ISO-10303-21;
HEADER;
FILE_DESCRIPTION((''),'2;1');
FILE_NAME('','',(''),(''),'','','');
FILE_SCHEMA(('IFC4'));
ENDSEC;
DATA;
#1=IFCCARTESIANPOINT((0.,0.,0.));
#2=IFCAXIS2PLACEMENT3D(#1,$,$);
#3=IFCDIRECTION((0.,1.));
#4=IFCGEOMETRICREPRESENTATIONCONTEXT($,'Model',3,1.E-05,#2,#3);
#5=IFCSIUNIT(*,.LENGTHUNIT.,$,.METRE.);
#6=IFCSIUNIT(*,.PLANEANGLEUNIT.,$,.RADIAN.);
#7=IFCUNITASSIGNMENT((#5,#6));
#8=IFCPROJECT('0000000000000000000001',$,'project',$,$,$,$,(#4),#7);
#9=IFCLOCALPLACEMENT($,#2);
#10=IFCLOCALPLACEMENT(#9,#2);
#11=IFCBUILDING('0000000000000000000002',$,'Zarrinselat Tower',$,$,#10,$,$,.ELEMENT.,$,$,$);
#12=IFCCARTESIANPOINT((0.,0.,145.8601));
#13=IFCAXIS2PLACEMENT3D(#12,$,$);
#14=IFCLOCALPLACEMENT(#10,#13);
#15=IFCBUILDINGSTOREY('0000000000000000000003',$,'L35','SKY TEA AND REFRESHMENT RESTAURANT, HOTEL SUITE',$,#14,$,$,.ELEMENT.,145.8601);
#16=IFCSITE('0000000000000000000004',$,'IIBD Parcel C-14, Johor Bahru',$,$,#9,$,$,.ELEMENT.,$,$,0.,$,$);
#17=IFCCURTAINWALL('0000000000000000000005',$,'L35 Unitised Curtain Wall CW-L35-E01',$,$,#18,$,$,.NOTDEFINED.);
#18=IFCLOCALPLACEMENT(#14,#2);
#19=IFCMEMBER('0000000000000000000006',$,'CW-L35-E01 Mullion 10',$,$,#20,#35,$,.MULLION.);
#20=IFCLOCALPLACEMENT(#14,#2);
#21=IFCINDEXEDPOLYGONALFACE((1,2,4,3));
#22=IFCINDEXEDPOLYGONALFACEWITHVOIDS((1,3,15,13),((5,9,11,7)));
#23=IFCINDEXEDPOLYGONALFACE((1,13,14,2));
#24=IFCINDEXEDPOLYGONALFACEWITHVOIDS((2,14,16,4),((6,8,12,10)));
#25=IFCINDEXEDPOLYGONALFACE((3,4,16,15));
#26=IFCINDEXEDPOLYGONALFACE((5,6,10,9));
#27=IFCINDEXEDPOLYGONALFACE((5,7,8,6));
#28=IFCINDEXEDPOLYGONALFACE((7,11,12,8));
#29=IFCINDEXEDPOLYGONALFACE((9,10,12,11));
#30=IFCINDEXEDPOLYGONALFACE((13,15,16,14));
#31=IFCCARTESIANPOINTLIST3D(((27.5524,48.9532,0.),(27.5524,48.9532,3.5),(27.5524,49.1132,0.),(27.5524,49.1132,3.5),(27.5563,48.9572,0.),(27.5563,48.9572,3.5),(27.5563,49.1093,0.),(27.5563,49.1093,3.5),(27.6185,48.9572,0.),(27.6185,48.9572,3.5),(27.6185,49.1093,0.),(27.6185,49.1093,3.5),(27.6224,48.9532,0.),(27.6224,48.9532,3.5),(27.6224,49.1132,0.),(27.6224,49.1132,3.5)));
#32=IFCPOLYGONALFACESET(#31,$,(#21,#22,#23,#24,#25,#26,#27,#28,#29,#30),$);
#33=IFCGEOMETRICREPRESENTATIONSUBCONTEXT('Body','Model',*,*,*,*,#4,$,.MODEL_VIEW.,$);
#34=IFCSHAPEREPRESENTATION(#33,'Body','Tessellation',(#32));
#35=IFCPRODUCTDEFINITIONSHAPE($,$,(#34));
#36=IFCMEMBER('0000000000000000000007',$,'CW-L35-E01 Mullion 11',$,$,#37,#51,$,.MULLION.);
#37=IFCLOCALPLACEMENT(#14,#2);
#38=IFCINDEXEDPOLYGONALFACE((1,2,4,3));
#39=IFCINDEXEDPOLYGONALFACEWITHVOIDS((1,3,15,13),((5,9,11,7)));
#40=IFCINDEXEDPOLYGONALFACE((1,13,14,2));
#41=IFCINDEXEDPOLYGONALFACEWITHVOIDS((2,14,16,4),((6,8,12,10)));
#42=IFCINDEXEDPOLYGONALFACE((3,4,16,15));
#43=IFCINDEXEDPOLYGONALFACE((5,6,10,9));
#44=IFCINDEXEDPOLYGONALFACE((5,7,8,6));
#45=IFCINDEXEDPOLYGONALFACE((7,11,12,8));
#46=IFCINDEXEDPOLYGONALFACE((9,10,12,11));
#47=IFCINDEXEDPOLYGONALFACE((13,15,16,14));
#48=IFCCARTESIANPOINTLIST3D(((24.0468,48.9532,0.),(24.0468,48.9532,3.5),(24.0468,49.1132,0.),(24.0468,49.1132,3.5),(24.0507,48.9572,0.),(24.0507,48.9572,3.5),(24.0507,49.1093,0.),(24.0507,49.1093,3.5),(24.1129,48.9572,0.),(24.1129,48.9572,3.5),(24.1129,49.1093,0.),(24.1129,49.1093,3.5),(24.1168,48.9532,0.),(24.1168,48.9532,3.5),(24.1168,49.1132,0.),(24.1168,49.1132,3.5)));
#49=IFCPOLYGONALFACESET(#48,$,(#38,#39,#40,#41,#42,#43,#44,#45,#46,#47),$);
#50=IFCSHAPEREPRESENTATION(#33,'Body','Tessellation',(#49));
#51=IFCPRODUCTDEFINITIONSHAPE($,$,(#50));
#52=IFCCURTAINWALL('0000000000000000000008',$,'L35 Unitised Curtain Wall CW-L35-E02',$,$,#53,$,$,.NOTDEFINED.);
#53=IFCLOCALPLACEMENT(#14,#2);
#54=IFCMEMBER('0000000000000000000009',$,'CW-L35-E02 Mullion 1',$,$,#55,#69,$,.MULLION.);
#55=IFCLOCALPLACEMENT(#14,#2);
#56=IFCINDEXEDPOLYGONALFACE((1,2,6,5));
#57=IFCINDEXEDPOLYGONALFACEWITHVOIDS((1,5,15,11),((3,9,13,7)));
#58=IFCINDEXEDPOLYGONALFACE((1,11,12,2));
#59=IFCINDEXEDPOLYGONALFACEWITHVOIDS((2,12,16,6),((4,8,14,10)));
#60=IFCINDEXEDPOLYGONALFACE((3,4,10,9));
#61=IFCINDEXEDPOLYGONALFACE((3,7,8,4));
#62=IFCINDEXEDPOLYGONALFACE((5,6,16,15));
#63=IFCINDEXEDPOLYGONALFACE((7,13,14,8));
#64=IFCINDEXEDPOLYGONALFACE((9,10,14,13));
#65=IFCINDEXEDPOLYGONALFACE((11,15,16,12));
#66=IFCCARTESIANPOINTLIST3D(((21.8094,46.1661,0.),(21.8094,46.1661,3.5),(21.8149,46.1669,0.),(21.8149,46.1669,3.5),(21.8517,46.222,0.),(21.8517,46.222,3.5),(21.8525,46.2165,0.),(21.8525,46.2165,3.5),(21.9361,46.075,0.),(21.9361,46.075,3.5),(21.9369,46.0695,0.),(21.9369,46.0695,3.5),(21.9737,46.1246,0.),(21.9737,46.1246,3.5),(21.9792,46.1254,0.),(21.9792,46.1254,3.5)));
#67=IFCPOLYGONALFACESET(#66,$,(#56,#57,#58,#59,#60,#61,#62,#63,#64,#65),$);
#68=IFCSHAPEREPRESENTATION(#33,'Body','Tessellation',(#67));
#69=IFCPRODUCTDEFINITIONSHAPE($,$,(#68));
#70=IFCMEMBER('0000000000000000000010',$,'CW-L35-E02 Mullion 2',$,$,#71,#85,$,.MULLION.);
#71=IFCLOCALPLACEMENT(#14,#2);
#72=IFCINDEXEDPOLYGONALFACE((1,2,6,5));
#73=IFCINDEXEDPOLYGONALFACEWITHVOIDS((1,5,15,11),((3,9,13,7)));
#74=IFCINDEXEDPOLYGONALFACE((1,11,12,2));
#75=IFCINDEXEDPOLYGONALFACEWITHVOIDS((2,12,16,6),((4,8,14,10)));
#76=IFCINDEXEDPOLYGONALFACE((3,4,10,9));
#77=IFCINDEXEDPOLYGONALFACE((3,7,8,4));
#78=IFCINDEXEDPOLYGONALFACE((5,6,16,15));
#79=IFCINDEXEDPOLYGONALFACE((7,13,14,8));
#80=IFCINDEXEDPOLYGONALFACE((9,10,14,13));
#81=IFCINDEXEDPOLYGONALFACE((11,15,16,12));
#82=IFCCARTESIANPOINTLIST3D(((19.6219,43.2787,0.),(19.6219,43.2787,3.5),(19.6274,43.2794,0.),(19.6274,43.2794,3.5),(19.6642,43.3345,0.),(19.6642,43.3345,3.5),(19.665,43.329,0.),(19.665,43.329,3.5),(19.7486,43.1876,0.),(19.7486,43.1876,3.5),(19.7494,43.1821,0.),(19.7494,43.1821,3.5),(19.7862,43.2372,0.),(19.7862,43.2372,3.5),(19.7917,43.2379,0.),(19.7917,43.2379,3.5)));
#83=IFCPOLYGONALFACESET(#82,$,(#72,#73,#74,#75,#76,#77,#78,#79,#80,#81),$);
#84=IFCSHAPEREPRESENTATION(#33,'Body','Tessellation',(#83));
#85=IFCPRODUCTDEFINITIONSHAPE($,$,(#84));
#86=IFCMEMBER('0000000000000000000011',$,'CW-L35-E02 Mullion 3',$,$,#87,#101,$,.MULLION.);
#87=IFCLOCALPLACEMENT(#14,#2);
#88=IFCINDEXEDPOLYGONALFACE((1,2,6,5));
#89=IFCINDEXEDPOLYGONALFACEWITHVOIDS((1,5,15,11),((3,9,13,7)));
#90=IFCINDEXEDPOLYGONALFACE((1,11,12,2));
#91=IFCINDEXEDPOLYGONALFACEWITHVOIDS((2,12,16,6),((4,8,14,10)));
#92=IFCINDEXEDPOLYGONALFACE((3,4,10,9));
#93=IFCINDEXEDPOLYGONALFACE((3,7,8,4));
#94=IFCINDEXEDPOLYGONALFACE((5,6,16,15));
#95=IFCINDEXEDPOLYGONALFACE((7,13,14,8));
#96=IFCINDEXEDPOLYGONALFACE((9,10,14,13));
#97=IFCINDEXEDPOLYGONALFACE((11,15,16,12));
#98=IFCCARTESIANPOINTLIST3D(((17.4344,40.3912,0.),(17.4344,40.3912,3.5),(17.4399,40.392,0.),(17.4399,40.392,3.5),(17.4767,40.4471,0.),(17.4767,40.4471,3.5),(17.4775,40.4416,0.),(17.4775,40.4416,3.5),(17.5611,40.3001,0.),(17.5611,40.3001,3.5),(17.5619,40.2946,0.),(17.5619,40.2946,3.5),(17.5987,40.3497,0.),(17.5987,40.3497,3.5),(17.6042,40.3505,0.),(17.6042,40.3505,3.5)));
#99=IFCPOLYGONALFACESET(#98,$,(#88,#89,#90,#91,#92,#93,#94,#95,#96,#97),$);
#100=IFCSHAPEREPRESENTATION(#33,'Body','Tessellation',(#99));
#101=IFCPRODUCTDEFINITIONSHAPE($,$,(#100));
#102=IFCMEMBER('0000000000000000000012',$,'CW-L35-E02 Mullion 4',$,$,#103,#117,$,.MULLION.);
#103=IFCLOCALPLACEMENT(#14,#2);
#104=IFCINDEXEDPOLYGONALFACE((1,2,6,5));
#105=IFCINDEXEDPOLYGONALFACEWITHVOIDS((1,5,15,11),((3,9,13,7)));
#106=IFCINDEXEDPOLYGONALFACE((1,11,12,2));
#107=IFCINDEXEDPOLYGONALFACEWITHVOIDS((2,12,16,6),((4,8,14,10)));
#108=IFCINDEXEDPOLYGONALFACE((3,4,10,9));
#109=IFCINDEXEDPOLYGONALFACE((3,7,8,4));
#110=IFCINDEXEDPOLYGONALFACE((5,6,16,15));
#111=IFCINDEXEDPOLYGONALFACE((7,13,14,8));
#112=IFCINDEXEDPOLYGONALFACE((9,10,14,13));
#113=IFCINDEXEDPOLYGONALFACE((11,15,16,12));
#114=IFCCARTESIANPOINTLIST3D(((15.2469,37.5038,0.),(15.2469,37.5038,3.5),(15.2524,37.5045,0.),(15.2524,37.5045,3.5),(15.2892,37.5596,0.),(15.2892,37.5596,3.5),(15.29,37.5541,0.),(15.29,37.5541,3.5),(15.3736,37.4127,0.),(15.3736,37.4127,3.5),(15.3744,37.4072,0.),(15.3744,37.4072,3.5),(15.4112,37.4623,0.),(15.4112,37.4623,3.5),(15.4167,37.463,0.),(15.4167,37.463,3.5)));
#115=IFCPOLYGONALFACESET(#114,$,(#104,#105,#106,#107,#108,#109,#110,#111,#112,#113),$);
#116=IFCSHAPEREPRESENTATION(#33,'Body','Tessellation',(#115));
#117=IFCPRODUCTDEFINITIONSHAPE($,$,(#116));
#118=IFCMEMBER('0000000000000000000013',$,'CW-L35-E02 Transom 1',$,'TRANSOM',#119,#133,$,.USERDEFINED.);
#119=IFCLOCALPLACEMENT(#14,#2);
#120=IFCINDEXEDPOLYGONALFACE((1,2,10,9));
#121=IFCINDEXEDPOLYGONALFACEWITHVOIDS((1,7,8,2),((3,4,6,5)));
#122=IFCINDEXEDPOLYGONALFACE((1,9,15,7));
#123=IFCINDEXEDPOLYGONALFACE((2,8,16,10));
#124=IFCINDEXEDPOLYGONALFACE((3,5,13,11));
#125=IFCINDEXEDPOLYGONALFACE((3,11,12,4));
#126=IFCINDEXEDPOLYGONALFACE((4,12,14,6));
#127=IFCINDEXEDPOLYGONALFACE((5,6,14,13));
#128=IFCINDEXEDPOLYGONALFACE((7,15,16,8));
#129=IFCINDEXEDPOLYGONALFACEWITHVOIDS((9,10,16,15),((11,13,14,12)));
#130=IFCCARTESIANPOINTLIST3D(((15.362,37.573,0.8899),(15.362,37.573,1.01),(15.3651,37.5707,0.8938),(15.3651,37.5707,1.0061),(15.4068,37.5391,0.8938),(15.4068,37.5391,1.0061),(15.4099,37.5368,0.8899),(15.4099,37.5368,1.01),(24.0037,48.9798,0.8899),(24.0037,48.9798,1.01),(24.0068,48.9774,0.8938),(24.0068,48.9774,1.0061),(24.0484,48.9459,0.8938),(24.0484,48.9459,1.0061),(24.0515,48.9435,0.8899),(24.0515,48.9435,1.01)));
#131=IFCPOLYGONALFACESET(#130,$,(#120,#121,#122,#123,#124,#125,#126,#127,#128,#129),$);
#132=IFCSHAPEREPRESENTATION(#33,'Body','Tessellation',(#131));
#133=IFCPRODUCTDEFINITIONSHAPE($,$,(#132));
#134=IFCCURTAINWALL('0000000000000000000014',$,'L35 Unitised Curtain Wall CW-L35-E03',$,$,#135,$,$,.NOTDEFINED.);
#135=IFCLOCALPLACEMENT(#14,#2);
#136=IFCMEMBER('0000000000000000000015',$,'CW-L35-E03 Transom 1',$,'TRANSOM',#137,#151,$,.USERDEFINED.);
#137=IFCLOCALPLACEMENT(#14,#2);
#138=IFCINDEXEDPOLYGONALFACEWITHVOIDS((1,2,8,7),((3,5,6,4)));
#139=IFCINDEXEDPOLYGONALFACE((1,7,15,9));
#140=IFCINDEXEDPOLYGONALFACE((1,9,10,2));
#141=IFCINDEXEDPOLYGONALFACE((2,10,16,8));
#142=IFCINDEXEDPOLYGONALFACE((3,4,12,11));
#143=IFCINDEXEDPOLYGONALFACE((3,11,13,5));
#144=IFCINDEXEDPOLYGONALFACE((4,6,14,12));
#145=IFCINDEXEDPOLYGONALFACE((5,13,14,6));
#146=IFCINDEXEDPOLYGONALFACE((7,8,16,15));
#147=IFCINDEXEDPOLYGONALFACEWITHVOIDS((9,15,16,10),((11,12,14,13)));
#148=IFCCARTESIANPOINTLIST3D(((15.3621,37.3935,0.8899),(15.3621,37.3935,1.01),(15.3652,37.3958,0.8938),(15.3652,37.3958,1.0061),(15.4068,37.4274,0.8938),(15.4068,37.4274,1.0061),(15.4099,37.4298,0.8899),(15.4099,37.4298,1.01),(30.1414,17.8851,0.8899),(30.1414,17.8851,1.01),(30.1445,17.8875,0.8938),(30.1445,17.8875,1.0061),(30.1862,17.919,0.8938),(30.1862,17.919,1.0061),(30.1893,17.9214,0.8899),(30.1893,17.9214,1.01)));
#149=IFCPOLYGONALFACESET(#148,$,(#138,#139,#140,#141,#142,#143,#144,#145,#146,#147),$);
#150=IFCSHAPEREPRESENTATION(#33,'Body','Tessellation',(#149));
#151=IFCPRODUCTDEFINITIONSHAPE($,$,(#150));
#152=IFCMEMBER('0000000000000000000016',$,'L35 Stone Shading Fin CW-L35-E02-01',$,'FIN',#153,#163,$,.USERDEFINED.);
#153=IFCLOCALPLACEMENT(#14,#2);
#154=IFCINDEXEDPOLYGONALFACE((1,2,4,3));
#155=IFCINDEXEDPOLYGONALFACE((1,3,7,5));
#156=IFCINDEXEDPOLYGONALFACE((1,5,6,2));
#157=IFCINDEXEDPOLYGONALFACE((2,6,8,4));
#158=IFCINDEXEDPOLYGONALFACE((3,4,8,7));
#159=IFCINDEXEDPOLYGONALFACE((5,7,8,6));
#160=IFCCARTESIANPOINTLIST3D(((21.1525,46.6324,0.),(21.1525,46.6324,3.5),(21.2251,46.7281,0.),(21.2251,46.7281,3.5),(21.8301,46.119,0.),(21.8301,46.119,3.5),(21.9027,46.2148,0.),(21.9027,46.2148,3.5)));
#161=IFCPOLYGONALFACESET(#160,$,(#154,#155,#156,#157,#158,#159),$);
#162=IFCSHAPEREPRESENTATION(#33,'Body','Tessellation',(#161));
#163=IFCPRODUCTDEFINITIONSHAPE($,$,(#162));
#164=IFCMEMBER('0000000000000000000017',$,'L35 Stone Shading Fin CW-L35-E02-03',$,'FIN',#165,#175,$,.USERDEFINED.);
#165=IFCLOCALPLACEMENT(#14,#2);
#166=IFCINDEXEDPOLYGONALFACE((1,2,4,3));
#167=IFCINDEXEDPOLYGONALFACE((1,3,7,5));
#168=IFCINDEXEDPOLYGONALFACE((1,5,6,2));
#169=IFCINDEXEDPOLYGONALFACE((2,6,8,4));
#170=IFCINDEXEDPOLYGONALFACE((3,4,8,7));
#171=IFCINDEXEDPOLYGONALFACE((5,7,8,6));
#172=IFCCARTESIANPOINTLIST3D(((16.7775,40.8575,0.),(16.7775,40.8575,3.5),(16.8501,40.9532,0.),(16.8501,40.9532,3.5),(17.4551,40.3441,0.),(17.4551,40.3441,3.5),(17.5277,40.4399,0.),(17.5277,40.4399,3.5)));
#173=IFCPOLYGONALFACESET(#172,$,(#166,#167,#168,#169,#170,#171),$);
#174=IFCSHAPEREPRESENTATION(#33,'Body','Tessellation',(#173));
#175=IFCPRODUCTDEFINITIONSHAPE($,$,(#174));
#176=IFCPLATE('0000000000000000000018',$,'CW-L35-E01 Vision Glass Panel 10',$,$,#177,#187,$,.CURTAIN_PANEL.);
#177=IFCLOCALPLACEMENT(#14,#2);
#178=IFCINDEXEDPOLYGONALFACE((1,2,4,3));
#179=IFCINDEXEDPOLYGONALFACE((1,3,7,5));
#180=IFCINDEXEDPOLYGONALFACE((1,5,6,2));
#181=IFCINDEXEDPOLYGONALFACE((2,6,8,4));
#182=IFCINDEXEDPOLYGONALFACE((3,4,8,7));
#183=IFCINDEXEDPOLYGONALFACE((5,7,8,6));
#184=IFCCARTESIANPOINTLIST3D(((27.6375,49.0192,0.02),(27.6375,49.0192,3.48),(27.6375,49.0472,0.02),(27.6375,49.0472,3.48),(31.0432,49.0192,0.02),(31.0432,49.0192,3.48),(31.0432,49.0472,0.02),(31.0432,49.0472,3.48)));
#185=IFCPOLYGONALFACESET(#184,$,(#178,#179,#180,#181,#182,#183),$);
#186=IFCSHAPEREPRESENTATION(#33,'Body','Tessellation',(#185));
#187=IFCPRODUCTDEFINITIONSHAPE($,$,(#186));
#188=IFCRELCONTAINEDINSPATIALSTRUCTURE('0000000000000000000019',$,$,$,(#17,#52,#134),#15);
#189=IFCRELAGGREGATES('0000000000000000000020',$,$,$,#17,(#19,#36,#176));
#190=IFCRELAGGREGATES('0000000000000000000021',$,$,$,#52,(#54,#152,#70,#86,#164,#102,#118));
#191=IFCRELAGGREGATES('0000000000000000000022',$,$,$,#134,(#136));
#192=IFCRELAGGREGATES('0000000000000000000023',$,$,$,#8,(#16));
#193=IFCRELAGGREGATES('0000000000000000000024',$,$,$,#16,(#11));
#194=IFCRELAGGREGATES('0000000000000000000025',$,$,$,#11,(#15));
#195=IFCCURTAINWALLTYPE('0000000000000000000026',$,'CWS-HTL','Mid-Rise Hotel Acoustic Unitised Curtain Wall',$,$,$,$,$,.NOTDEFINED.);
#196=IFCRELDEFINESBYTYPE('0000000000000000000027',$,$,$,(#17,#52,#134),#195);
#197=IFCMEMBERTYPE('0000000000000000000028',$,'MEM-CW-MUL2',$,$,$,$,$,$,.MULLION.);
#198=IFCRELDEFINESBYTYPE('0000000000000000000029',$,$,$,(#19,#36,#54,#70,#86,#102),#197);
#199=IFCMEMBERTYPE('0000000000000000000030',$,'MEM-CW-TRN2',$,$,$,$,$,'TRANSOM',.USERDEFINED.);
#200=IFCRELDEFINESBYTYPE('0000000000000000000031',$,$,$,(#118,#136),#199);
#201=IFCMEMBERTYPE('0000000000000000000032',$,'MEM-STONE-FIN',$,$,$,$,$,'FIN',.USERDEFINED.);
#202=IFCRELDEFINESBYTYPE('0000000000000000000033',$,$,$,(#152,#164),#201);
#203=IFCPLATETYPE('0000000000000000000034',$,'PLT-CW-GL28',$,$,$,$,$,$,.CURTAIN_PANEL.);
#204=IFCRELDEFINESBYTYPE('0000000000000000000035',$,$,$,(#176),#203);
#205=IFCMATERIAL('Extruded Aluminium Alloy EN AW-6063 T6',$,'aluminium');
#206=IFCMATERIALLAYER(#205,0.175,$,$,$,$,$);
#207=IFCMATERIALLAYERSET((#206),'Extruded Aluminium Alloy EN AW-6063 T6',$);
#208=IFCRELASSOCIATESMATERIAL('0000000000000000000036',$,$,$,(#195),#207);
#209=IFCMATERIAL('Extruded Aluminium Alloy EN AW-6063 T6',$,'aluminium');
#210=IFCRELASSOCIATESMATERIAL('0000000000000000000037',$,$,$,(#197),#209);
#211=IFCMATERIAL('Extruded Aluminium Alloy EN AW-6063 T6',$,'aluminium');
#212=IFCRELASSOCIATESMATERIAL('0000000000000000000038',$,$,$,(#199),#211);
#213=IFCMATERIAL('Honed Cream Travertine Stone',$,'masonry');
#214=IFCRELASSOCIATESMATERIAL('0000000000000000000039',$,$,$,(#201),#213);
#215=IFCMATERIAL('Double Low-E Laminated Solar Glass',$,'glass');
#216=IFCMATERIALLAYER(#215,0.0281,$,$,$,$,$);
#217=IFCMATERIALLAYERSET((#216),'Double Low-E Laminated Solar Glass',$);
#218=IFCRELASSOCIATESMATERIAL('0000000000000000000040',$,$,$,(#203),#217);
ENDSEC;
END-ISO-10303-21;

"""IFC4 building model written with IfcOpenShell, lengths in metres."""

from ifc_helpers import new_model, si_unit, direction, frame, origin, origin_2d, place, context, subcontext, project, spatial, rectangle, hollow_rectangle, extrude, material, layer, layer_set, material_profile, profile_set, type_object, element, aggregate, save


model = new_model("IFC4")

# Units and contexts
model_context = context("Model", 3, precision=1e-05, world=origin(), true_north=direction((0.0, 1.0)))
body_context = subcontext(model_context, "Body", "Model", "MODEL_VIEW")
ifc_project = project(units=[si_unit("LENGTHUNIT", "METRE"), si_unit("PLANEANGLEUNIT", "RADIAN")], contexts=[model_context])

# Site, building, storey
site_placement = place(None, origin())
site = spatial("IfcSite", under=ifc_project, at=site_placement, Name="IIBD Parcel C-14, Johor Bahru", CompositionType="ELEMENT", RefElevation=0.0)
building_placement = place(site_placement, origin())
building = spatial("IfcBuilding", under=site, at=building_placement, Name="Zarrinselat Tower", CompositionType="ELEMENT")
storey_placement = place(building_placement, frame((0.0, 0.0, 145.8601)))
storey = spatial("IfcBuildingStorey", under=building, at=storey_placement, Name="L35", Description="SKY TEA AND REFRESHMENT RESTAURANT, HOTEL SUITE", CompositionType="ELEMENT", Elevation=145.8601)

# Curtain walls, members
ifc_material_1 = material(Name="Extruded Aluminium Alloy EN AW-6063 T6", Category="aluminium")
ifc_layer_1 = layer(ifc_material_1, 0.175)
ifc_layer_set_1 = layer_set([ifc_layer_1], Name="Extruded Aluminium Alloy EN AW-6063 T6")
curtain_wall_type = type_object("IfcCurtainWallType", Name="CWS-HTL", Description="Mid-Rise Hotel Acoustic Unitised Curtain Wall", PredefinedType="NOTDEFINED", material=ifc_layer_set_1)
curtain_wall_1_placement = place(storey_placement, origin())
curtain_wall_1 = element("IfcCurtainWall", 1, at=curtain_wall_1_placement, inside=storey, type_object=curtain_wall_type, Name="L35 Unitised Curtain Wall CW-L35-E01", PredefinedType="NOTDEFINED")
ifc_material_2 = material(Name="Extruded Aluminium Alloy EN AW-6063 T6", Category="aluminium")
ifc_material_profile_1 = material_profile(ifc_material_2, hollow_rectangle(XDim=0.0701, YDim=0.1599, WallThickness=0.0039, at=origin_2d()), Name="RHS 160x70x4")
ifc_profile_set_1 = profile_set([ifc_material_profile_1], Name="Extruded Aluminium Alloy EN AW-6063 T6")
member_type_1 = type_object("IfcMemberType", Name="MEM-CW-MUL2", PredefinedType="MULLION", material=ifc_profile_set_1)
member_1_placement = place(storey_placement, frame((27.5874, 49.0332, 0.0), z_axis=(0.0, 0.0, 1.0), x_axis=(-1.0, 0.0, 0.0)))
member_1 = element("IfcMember", 2, at=member_1_placement, type_object=member_type_1, Name="CW-L35-E01 Mullion 10", PredefinedType="MULLION", context=body_context, shape_type="SweptSolid", body=[
    extrude(hollow_rectangle(XDim=0.0701, YDim=0.1599, WallThickness=0.0039, at=origin_2d()), origin(), (0.0, 0.0, 1.0), 3.5),
])
member_2_placement = place(storey_placement, frame((24.0818, 49.0332, 0.0), z_axis=(0.0, 0.0, 1.0), x_axis=(-1.0, 0.0, 0.0)))
member_2 = element("IfcMember", 3, at=member_2_placement, type_object=member_type_1, Name="CW-L35-E01 Mullion 11", PredefinedType="MULLION", context=body_context, shape_type="SweptSolid", body=[
    extrude(hollow_rectangle(XDim=0.0701, YDim=0.1599, WallThickness=0.0039, at=origin_2d()), origin(), (0.0, 0.0, 1.0), 3.5),
])
curtain_wall_2_placement = place(storey_placement, origin())
curtain_wall_2 = element("IfcCurtainWall", 4, at=curtain_wall_2_placement, inside=storey, type_object=curtain_wall_type, Name="L35 Unitised Curtain Wall CW-L35-E02", PredefinedType="NOTDEFINED")
member_3_placement = place(storey_placement, frame((21.8943, 46.1458, 0.0), z_axis=(0.0, 0.0, 1.0), x_axis=(-0.603858, -0.797092, 0.0)))
member_3 = element("IfcMember", 5, at=member_3_placement, type_object=member_type_1, Name="CW-L35-E02 Mullion 1", PredefinedType="MULLION", context=body_context, shape_type="SweptSolid", body=[
    extrude(hollow_rectangle(XDim=0.0701, YDim=0.1599, WallThickness=0.0039, at=origin_2d()), origin(), (0.0, 0.0, 1.0), 3.5),
])
member_4_placement = place(storey_placement, frame((19.7068, 43.2583, 0.0), z_axis=(0.0, 0.0, 1.0), x_axis=(-0.603858, -0.797092, 0.0)))
member_4 = element("IfcMember", 6, at=member_4_placement, type_object=member_type_1, Name="CW-L35-E02 Mullion 2", PredefinedType="MULLION", context=body_context, shape_type="SweptSolid", body=[
    extrude(hollow_rectangle(XDim=0.0701, YDim=0.1599, WallThickness=0.0039, at=origin_2d()), origin(), (0.0, 0.0, 1.0), 3.5),
])
member_5_placement = place(storey_placement, frame((17.5193, 40.3708, 0.0), z_axis=(0.0, 0.0, 1.0), x_axis=(-0.603858, -0.797092, 0.0)))
member_5 = element("IfcMember", 7, at=member_5_placement, type_object=member_type_1, Name="CW-L35-E02 Mullion 3", PredefinedType="MULLION", context=body_context, shape_type="SweptSolid", body=[
    extrude(hollow_rectangle(XDim=0.0701, YDim=0.1599, WallThickness=0.0039, at=origin_2d()), origin(), (0.0, 0.0, 1.0), 3.5),
])
member_6_placement = place(storey_placement, frame((15.3318, 37.4834, 0.0), z_axis=(0.0, 0.0, 1.0), x_axis=(-0.603858, -0.797092, 0.0)))
member_6 = element("IfcMember", 8, at=member_6_placement, type_object=member_type_1, Name="CW-L35-E02 Mullion 4", PredefinedType="MULLION", context=body_context, shape_type="SweptSolid", body=[
    extrude(hollow_rectangle(XDim=0.0701, YDim=0.1599, WallThickness=0.0039, at=origin_2d()), origin(), (0.0, 0.0, 1.0), 3.5),
])
ifc_material_3 = material(Name="Extruded Aluminium Alloy EN AW-6063 T6", Category="aluminium")
ifc_material_profile_2 = material_profile(ifc_material_3, hollow_rectangle(XDim=0.0601, YDim=0.1201, WallThickness=0.0039, at=origin_2d()), Name="RHS 120x60x4")
ifc_profile_set_2 = profile_set([ifc_material_profile_2], Name="Extruded Aluminium Alloy EN AW-6063 T6")
member_type_2 = type_object("IfcMemberType", Name="MEM-CW-TRN2", ElementType="TRANSOM", PredefinedType="USERDEFINED", material=ifc_profile_set_2)
member_7_placement = place(storey_placement, frame((24.0276, 48.9617, 0.95), z_axis=(-0.603864, -0.797088, 0.0), x_axis=(0.797088, -0.603864, 0.0)))
member_7 = element("IfcMember", 9, at=member_7_placement, type_object=member_type_2, Name="CW-L35-E02 Transom 1", ObjectType="TRANSOM", PredefinedType="USERDEFINED", context=body_context, shape_type="SweptSolid", body=[
    extrude(hollow_rectangle(XDim=0.0601, YDim=0.1201, WallThickness=0.0039, at=origin_2d()), origin(), (0.0, 0.0, 1.0), 14.3105),
])

# Curtain wall, member
curtain_wall_3_placement = place(storey_placement, origin())
curtain_wall_3 = element("IfcCurtainWall", 10, at=curtain_wall_3_placement, inside=storey, type_object=curtain_wall_type, Name="L35 Unitised Curtain Wall CW-L35-E03", PredefinedType="NOTDEFINED")
member_8_placement = place(storey_placement, frame((15.386, 37.4116, 0.95), z_axis=(0.603865, -0.797087, 0.0), x_axis=(0.797087, 0.603865, 0.0)))
member_8 = element("IfcMember", 11, at=member_8_placement, type_object=member_type_2, Name="CW-L35-E03 Transom 1", ObjectType="TRANSOM", PredefinedType="USERDEFINED", context=body_context, shape_type="SweptSolid", body=[
    extrude(hollow_rectangle(XDim=0.0601, YDim=0.1201, WallThickness=0.0039, at=origin_2d()), origin(), (0.0, 0.0, 1.0), 24.4746),
])

# Members
ifc_material_4 = material(Name="Honed Cream Travertine Stone", Category="masonry")
ifc_material_profile_3 = material_profile(ifc_material_4, rectangle(XDim=0.1201, YDim=0.8501, at=origin_2d()), Name="FIN 850x120")
ifc_profile_set_3 = profile_set([ifc_material_profile_3], Name="Honed Cream Travertine Stone")
member_type_3 = type_object("IfcMemberType", Name="MEM-STONE-FIN", ElementType="FIN", PredefinedType="USERDEFINED", material=ifc_profile_set_3)
member_9_placement = place(storey_placement, frame((21.5276, 46.4236, 0.0), z_axis=(0.0, 0.0, 1.0), x_axis=(0.603858, 0.797092, 0.0)))
member_9 = element("IfcMember", 12, at=member_9_placement, type_object=member_type_3, Name="L35 Stone Shading Fin CW-L35-E02-01", ObjectType="FIN", PredefinedType="USERDEFINED", context=body_context, shape_type="SweptSolid", body=[
    extrude(rectangle(XDim=0.1201, YDim=0.8501, at=origin_2d()), origin(), (0.0, 0.0, 1.0), 3.5),
])
member_10_placement = place(storey_placement, frame((17.1526, 40.6487, 0.0), z_axis=(0.0, 0.0, 1.0), x_axis=(0.603858, 0.797092, 0.0)))
member_10 = element("IfcMember", 13, at=member_10_placement, type_object=member_type_3, Name="L35 Stone Shading Fin CW-L35-E02-03", ObjectType="FIN", PredefinedType="USERDEFINED", context=body_context, shape_type="SweptSolid", body=[
    extrude(rectangle(XDim=0.1201, YDim=0.8501, at=origin_2d()), origin(), (0.0, 0.0, 1.0), 3.5),
])

# Plate
ifc_material_5 = material(Name="Double Low-E Laminated Solar Glass", Category="glass")
ifc_layer_2 = layer(ifc_material_5, 0.0281)
ifc_layer_set_2 = layer_set([ifc_layer_2], Name="Double Low-E Laminated Solar Glass")
plate_type = type_object("IfcPlateType", Name="PLT-CW-GL28", PredefinedType="CURTAIN_PANEL", material=ifc_layer_set_2)
plate_1_placement = place(storey_placement, frame((29.3403, 49.0332, 0.02), z_axis=(0.0, 0.0, 1.0), x_axis=(-1.0, 0.0, 0.0)))
plate_1 = element("IfcPlate", 14, at=plate_1_placement, type_object=plate_type, Name="CW-L35-E01 Vision Glass Panel 10", PredefinedType="CURTAIN_PANEL", context=body_context, shape_type="SweptSolid", body=[
    extrude(rectangle(XDim=3.4058, YDim=0.0281, at=origin_2d()), origin(), (0.0, 0.0, 1.0), 3.46),
])
aggregate(curtain_wall_1, [member_1, member_2, plate_1])
aggregate(curtain_wall_2, [member_3, member_9, member_4, member_5, member_10, member_6, member_7])
aggregate(curtain_wall_3, [member_8])

save(model, "model.ifc")
